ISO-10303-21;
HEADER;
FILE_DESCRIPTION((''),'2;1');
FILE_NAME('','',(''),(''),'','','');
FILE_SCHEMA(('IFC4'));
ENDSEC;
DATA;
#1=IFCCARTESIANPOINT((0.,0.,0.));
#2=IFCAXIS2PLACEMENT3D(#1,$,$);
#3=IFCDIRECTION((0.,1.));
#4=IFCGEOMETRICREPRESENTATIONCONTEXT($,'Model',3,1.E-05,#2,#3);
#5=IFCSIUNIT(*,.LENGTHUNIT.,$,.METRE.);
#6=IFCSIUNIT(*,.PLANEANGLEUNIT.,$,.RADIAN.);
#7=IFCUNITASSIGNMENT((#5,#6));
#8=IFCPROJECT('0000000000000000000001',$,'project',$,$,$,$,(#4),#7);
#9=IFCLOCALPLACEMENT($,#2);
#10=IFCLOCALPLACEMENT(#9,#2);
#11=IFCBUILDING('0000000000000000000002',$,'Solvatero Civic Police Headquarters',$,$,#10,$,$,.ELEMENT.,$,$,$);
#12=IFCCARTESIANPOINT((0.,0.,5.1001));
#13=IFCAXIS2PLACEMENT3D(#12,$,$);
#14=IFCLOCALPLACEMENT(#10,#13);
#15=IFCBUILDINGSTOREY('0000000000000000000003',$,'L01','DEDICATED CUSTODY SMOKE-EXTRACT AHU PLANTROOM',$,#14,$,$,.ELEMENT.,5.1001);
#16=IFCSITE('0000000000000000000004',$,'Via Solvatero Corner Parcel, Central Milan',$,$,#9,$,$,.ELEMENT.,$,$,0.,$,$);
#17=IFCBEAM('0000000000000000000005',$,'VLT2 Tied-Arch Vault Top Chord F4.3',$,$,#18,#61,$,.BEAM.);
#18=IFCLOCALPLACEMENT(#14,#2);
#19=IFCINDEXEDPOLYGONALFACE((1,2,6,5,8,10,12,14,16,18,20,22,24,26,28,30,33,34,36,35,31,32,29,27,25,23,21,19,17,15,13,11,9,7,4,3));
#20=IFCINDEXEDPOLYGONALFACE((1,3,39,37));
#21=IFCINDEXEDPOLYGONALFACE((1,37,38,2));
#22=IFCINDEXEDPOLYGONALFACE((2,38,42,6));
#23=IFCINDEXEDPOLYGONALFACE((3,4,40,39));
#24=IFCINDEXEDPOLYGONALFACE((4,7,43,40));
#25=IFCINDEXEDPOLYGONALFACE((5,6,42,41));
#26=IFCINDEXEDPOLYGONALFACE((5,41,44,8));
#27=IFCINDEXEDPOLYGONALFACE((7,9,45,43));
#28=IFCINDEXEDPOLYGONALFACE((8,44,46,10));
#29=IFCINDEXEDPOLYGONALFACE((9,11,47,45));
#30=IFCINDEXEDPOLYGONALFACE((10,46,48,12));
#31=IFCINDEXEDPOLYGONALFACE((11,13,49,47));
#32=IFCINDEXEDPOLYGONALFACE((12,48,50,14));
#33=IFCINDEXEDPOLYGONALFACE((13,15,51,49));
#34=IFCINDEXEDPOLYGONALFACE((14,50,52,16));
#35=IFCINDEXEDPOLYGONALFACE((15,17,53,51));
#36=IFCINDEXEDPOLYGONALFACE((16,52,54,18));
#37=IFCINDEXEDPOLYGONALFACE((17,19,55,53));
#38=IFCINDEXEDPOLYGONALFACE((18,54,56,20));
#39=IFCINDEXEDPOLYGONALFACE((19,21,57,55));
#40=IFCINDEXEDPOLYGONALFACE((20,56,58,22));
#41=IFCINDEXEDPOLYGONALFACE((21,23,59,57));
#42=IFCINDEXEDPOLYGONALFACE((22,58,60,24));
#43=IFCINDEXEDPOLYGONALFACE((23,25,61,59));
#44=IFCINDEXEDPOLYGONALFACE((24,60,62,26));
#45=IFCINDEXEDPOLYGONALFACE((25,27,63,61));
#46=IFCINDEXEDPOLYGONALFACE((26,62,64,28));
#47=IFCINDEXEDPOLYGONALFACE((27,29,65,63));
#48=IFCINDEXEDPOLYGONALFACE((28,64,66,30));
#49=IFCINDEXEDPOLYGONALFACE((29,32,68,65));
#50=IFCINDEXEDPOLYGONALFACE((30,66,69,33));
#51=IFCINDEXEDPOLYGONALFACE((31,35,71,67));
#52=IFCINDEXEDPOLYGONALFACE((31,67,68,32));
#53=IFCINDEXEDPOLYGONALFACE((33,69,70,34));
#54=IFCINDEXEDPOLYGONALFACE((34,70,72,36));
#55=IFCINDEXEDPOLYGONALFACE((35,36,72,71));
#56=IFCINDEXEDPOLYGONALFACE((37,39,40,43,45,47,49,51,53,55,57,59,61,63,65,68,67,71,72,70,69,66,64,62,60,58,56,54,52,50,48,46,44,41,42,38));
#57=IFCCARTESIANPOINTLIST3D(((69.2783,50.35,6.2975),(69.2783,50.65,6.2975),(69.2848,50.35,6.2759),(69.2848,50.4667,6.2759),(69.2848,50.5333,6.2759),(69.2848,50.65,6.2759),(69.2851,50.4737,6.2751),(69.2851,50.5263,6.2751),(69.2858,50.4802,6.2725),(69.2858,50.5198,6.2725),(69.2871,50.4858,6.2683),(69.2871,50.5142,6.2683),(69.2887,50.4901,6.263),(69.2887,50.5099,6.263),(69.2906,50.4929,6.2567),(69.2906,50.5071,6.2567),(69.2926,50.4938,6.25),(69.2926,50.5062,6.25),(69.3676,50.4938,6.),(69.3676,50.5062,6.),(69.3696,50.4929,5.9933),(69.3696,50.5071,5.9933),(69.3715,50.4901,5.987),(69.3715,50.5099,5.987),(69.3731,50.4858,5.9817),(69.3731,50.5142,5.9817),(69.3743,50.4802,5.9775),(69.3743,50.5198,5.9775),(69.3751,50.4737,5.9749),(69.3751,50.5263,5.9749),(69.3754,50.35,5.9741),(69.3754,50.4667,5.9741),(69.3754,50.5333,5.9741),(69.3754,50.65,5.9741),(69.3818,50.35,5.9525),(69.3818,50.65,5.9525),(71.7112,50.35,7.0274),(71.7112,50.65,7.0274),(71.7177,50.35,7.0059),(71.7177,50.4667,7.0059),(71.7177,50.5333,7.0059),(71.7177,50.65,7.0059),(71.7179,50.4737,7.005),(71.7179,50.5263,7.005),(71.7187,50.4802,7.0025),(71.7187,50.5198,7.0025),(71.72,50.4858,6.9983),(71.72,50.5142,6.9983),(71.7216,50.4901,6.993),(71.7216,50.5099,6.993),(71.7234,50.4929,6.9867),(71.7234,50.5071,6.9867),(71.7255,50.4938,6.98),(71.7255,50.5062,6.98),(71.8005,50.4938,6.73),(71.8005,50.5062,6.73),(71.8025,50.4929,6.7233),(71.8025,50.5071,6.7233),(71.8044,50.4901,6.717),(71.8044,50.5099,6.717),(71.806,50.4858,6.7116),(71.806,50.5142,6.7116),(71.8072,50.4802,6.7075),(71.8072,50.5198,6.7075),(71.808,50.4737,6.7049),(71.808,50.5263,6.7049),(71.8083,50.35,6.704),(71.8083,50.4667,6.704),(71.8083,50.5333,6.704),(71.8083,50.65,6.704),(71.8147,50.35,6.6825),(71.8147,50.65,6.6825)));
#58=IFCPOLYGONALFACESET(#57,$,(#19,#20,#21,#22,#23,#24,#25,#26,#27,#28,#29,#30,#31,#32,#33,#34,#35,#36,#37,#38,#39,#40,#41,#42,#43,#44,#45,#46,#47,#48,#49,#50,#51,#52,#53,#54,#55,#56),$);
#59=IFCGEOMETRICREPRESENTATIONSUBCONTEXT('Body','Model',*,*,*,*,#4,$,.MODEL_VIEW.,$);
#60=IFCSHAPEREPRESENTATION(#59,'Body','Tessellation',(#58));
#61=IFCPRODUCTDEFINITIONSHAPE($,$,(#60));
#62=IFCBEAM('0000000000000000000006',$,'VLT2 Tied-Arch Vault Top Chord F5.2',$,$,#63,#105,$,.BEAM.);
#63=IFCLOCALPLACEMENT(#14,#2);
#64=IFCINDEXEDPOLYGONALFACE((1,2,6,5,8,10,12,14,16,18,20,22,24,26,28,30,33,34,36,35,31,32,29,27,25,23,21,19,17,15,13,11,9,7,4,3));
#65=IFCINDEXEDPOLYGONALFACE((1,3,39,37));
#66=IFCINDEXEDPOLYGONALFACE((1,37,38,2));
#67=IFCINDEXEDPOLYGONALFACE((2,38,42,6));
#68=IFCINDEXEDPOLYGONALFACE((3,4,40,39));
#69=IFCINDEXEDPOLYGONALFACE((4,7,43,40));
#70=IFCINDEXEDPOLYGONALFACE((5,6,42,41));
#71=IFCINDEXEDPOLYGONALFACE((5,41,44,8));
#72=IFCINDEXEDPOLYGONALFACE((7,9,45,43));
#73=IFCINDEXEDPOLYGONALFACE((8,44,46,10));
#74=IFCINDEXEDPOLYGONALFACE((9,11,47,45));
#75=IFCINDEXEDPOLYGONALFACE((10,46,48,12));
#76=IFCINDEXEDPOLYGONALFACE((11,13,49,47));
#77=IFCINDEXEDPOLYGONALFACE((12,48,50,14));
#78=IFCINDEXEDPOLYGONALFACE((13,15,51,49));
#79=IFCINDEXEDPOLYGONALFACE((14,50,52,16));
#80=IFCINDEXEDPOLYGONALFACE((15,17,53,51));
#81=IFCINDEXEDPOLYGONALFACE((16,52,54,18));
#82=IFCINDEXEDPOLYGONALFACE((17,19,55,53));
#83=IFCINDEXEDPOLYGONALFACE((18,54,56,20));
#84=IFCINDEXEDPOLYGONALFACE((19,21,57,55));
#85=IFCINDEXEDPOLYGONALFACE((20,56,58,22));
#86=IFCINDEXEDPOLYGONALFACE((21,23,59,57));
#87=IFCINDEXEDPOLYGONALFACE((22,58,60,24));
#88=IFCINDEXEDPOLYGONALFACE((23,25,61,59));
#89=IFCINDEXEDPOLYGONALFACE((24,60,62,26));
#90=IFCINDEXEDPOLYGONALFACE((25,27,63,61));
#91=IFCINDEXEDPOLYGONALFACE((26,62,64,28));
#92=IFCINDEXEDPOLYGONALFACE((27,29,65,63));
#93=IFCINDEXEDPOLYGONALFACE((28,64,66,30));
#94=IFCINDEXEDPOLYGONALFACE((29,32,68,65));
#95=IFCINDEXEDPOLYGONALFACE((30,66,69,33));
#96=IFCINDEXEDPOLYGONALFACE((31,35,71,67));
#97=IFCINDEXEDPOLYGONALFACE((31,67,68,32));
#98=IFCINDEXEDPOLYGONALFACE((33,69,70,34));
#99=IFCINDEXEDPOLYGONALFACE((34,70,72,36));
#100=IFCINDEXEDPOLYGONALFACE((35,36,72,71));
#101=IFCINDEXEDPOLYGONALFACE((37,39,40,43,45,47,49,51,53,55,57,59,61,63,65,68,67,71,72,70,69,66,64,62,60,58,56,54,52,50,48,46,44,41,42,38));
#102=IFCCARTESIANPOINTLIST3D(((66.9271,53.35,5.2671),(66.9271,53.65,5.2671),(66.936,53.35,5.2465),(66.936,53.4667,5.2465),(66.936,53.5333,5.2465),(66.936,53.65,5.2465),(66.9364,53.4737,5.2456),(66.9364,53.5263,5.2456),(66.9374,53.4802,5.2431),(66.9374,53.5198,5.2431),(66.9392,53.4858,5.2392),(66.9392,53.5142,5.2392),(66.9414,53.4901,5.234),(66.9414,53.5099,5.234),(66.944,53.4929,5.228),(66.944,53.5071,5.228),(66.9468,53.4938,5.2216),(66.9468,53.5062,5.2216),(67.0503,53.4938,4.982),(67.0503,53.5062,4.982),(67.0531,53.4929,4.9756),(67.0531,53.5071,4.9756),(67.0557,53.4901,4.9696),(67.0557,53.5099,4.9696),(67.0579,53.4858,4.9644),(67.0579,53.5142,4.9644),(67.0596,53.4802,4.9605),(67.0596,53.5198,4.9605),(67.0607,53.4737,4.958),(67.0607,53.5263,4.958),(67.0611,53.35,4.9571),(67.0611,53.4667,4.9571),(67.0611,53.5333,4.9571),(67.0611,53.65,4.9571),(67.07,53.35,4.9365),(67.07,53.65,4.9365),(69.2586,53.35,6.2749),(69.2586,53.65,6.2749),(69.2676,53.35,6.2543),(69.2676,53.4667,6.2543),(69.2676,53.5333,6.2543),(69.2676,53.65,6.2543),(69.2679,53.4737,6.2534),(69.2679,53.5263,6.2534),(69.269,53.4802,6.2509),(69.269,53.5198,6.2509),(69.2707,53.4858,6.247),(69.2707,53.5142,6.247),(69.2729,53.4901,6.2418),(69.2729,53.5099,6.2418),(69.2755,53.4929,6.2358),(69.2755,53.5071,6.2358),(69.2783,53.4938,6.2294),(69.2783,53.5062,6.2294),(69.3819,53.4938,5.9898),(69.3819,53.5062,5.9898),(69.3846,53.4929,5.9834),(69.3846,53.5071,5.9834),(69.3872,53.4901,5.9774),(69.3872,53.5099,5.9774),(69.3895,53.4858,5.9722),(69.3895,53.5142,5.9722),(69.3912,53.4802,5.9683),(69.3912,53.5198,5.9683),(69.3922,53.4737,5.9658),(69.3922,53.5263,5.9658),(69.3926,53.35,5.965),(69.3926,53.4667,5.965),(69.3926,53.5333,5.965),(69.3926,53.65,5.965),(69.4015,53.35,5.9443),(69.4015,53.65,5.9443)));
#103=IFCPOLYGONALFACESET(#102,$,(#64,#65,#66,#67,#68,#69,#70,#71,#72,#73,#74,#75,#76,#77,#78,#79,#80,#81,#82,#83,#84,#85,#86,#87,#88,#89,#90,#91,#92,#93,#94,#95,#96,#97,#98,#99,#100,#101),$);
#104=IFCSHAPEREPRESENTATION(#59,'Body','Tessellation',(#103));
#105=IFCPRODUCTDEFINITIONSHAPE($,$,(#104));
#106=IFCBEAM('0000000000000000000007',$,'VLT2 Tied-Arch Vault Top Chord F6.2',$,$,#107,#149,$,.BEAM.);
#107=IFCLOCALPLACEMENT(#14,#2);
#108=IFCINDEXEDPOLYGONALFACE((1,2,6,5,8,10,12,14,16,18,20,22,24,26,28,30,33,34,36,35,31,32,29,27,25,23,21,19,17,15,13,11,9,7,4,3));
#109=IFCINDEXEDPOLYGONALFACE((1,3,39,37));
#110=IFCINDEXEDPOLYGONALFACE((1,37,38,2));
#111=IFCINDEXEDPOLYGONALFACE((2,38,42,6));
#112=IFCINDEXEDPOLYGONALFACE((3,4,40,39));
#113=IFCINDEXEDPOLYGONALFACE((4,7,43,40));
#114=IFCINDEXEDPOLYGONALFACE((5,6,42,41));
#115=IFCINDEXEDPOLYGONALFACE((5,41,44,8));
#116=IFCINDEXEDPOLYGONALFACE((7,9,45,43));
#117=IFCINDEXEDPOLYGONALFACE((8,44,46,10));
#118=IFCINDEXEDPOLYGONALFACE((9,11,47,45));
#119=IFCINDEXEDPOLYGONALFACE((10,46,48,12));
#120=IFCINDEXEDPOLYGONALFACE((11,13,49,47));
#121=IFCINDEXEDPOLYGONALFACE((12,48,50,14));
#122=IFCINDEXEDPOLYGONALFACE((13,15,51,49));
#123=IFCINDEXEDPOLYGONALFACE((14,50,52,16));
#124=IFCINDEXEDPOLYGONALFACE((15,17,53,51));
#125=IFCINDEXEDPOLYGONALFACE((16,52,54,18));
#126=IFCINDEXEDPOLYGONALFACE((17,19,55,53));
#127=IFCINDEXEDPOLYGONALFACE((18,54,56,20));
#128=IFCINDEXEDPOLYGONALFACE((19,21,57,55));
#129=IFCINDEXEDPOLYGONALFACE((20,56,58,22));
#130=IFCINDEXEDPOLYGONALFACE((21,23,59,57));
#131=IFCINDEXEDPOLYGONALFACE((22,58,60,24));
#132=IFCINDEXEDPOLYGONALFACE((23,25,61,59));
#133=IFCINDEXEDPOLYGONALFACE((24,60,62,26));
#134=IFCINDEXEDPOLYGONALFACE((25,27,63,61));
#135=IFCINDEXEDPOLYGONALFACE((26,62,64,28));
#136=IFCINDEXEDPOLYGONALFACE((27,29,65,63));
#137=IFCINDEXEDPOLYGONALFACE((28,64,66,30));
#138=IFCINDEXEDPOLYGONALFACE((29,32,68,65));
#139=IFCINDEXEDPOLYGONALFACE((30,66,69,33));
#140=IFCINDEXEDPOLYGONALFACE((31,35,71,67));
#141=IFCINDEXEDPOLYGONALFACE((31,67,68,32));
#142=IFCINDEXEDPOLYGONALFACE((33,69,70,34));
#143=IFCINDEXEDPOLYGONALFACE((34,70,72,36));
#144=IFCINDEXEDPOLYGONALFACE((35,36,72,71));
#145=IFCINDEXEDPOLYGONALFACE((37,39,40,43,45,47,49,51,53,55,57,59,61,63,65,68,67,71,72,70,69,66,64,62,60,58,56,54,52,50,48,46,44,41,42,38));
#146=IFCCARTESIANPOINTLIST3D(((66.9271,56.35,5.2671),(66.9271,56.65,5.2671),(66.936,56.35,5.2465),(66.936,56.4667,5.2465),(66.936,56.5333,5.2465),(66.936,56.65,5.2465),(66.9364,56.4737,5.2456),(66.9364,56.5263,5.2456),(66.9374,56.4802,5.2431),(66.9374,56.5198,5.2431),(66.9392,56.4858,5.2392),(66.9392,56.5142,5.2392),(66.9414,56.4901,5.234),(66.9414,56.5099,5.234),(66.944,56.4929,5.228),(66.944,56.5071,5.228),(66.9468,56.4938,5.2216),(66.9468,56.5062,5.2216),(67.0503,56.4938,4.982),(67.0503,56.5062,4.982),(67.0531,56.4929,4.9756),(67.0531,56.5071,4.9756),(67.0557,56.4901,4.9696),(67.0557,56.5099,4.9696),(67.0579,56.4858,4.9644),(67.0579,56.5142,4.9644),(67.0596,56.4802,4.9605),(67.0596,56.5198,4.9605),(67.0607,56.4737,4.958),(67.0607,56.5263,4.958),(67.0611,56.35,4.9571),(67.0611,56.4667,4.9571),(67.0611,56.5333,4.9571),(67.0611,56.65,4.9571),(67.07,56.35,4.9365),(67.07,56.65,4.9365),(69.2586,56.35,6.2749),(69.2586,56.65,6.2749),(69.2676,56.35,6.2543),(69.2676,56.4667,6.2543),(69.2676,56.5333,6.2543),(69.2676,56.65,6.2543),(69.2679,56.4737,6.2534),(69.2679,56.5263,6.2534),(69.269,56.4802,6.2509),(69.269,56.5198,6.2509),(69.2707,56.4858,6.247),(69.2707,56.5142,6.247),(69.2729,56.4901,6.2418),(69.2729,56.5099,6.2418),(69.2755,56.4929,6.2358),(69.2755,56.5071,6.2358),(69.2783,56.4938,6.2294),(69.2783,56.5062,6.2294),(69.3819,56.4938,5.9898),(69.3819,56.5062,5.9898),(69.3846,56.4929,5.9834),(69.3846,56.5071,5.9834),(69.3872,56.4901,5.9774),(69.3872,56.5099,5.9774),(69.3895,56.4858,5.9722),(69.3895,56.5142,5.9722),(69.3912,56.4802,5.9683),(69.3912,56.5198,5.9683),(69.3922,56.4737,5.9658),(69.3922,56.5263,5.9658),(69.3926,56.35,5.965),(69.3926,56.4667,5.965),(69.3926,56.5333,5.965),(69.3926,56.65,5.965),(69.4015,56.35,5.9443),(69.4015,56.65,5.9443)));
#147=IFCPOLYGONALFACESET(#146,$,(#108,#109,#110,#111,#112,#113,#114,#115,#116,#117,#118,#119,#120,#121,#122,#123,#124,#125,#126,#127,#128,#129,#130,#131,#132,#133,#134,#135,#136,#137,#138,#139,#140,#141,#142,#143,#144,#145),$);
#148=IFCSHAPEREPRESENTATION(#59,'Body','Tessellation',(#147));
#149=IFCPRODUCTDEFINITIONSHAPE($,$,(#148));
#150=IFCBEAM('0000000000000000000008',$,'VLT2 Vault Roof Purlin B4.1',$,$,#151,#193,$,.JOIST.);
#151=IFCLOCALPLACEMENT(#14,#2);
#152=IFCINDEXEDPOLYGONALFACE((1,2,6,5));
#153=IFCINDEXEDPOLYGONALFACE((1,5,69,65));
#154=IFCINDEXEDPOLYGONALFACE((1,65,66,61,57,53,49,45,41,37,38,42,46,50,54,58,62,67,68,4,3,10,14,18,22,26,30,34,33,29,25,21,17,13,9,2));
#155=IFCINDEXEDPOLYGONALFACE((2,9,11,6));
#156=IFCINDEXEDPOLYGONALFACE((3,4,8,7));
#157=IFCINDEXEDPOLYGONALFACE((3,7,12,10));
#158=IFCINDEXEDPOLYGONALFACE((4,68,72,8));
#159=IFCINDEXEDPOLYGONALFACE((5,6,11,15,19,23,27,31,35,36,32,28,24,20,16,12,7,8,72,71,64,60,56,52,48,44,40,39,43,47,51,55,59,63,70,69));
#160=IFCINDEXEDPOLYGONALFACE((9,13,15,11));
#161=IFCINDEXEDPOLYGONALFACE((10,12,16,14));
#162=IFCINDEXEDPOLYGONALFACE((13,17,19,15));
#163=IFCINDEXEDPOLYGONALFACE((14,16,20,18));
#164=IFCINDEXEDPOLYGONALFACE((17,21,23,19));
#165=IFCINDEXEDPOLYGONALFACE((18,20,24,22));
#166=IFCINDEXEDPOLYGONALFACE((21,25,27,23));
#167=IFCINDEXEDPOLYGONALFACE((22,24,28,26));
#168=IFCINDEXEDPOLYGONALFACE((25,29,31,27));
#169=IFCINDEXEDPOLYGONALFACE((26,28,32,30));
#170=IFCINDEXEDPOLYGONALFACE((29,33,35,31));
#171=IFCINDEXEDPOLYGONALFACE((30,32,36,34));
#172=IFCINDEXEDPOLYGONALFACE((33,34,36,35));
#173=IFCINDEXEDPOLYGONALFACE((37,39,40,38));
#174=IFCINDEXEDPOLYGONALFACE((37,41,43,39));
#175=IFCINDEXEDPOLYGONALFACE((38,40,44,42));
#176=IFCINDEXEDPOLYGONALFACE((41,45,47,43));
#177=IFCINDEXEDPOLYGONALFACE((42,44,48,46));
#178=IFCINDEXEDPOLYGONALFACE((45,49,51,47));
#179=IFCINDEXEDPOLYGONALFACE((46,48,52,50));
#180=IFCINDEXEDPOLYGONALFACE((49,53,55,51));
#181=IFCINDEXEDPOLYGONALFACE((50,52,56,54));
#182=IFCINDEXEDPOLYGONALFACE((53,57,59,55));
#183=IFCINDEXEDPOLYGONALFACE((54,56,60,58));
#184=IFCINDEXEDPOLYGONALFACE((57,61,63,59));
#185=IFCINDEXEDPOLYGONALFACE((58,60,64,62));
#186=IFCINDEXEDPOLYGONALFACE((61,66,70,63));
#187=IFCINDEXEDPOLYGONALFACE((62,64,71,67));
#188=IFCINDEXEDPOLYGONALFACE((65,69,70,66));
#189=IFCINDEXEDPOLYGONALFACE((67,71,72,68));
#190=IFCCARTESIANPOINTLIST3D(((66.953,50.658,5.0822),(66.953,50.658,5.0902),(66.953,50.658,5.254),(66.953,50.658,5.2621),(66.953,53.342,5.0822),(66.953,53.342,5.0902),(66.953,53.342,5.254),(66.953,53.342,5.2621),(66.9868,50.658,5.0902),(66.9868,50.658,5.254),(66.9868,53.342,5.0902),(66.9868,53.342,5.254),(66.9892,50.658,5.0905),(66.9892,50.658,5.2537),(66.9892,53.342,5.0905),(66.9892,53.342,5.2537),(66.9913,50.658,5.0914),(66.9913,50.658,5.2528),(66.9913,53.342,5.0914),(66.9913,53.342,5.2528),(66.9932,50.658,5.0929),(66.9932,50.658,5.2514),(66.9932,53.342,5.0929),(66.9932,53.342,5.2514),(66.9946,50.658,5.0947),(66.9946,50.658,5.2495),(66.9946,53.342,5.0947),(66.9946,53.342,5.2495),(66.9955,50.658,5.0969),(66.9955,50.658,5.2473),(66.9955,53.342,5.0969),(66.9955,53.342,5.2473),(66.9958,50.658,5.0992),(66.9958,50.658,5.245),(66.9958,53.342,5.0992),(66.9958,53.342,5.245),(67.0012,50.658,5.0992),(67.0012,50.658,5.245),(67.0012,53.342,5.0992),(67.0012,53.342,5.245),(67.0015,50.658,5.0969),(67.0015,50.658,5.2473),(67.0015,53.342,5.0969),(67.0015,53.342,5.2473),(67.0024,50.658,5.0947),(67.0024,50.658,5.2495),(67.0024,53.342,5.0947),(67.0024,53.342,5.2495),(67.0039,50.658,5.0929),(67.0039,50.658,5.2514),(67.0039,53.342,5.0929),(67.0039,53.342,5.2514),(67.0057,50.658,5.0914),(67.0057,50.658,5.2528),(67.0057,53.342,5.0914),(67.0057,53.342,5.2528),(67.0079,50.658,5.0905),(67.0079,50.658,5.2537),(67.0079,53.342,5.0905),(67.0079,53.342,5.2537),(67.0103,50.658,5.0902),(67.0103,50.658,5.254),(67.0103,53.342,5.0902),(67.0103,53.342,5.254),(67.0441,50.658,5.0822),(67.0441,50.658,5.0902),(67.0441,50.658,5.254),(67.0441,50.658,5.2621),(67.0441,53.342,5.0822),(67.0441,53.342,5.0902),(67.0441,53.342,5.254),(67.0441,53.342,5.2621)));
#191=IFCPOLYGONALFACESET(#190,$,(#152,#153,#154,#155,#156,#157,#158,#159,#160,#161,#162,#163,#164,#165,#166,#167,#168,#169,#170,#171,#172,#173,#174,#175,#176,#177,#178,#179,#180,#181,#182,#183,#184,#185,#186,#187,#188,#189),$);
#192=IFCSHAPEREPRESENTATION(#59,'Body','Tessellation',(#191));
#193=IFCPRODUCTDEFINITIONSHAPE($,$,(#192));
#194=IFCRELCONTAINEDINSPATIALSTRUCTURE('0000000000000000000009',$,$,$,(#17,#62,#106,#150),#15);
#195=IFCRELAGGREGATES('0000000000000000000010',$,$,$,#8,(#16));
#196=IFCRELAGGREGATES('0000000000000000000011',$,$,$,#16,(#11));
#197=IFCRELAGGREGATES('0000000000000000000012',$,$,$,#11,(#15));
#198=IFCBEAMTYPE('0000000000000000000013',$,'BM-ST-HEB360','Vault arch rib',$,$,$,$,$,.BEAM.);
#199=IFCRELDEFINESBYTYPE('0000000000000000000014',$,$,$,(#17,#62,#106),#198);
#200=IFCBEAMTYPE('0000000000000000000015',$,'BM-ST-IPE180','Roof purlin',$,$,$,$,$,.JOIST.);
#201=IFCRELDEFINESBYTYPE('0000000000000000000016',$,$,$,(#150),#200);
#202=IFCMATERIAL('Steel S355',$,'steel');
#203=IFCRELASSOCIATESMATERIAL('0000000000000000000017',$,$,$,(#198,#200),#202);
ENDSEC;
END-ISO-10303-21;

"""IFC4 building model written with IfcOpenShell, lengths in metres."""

from ifc_helpers import new_model, si_unit, direction, frame, origin, origin_2d, place, context, subcontext, project, spatial, i_section, extrude, material, material_profile, profile_set, type_object, element, save


model = new_model("IFC4")

# Units and contexts
model_context = context("Model", 3, precision=1e-05, world=origin(), true_north=direction((0.0, 1.0)))
body_context = subcontext(model_context, "Body", "Model", "MODEL_VIEW")
ifc_project = project(units=[si_unit("LENGTHUNIT", "METRE"), si_unit("PLANEANGLEUNIT", "RADIAN")], contexts=[model_context])

# Site, building, storey
site_placement = place(None, origin())
site = spatial("IfcSite", under=ifc_project, at=site_placement, Name="Via Solvatero Corner Parcel, Central Milan", CompositionType="ELEMENT", RefElevation=0.0)
building_placement = place(site_placement, origin())
building = spatial("IfcBuilding", under=site, at=building_placement, Name="Solvatero Civic Police Headquarters", CompositionType="ELEMENT")
storey_placement = place(building_placement, frame((0.0, 0.0, 5.1001)))
storey = spatial("IfcBuildingStorey", under=building, at=storey_placement, Name="L01", Description="DEDICATED CUSTODY SMOKE-EXTRACT AHU PLANTROOM", CompositionType="ELEMENT", Elevation=5.1001)

# Beams
ifc_material_1 = material(Name="Steel S355", Category="steel")
ifc_material_profile_1 = material_profile(ifc_material_1, i_section(OverallWidth=0.3, OverallDepth=0.3601, WebThickness=0.0125, FlangeThickness=0.0225, FilletRadius=0.0271, at=origin_2d()), Name="HEB 360")
ifc_profile_set_1 = profile_set([ifc_material_profile_1], Name="Steel S355")
beam_type_1 = type_object("IfcBeamType", Name="BM-ST-HEB360", Description="Vault arch rib", PredefinedType="BEAM", material=ifc_profile_set_1)
for number, where, z_axis, x_axis, name in (
    (1, (69.3301, 50.5, 6.125), (0.957813, 0.0, 0.287392), (0.0, 1.0, 0.0), "VLT2 Tied-Arch Vault Top Chord F4.3"),
    (2, (66.9985, 53.5, 5.1018), (0.917918, 0.0, 0.396771), (0.0, 1.0, 0.0), "VLT2 Tied-Arch Vault Top Chord F5.2"),
    (3, (66.9985, 56.5, 5.1018), (0.917918, 0.0, 0.396771), (0.0, 1.0, 0.0), "VLT2 Tied-Arch Vault Top Chord F6.2"),
):
    element("IfcBeam", number, at=place(storey_placement, frame(where, z_axis=z_axis, x_axis=x_axis)), inside=storey, type_object=beam_type_1, Name=name, PredefinedType="BEAM", context=body_context, shape_type="SweptSolid", body=[
        extrude(i_section(OverallWidth=0.3, OverallDepth=0.3601, WebThickness=0.0125, FlangeThickness=0.0225, FilletRadius=0.0271, at=origin_2d()), origin(), (0.0, 0.0, 1.0), 2.54),
    ])
ifc_material_profile_2 = material_profile(ifc_material_1, i_section(OverallWidth=0.0911, OverallDepth=0.1799, WebThickness=0.0054, FlangeThickness=0.0081, FilletRadius=0.009, at=origin_2d()), Name="IPE 180")
ifc_profile_set_2 = profile_set([ifc_material_profile_2], Name="Steel S355")
beam_type_2 = type_object("IfcBeamType", Name="BM-ST-IPE180", Description="Roof purlin", PredefinedType="JOIST", material=ifc_profile_set_2)
for number, where, z_axis, x_axis, name in (
    (4, (66.9985, 50.658, 5.1721), (0.0, 1.0, 0.0), (-1.0, 0.0, 0.0), "VLT2 Vault Roof Purlin B4.1"),
):
    element("IfcBeam", number, at=place(storey_placement, frame(where, z_axis=z_axis, x_axis=x_axis)), inside=storey, type_object=beam_type_2, Name=name, PredefinedType="JOIST", context=body_context, shape_type="SweptSolid", body=[
        extrude(i_section(OverallWidth=0.0911, OverallDepth=0.1799, WebThickness=0.0054, FlangeThickness=0.0081, FilletRadius=0.009, at=origin_2d()), origin(), (0.0, 0.0, 1.0), 2.6841),
    ])

save(model, "model.ifc")
